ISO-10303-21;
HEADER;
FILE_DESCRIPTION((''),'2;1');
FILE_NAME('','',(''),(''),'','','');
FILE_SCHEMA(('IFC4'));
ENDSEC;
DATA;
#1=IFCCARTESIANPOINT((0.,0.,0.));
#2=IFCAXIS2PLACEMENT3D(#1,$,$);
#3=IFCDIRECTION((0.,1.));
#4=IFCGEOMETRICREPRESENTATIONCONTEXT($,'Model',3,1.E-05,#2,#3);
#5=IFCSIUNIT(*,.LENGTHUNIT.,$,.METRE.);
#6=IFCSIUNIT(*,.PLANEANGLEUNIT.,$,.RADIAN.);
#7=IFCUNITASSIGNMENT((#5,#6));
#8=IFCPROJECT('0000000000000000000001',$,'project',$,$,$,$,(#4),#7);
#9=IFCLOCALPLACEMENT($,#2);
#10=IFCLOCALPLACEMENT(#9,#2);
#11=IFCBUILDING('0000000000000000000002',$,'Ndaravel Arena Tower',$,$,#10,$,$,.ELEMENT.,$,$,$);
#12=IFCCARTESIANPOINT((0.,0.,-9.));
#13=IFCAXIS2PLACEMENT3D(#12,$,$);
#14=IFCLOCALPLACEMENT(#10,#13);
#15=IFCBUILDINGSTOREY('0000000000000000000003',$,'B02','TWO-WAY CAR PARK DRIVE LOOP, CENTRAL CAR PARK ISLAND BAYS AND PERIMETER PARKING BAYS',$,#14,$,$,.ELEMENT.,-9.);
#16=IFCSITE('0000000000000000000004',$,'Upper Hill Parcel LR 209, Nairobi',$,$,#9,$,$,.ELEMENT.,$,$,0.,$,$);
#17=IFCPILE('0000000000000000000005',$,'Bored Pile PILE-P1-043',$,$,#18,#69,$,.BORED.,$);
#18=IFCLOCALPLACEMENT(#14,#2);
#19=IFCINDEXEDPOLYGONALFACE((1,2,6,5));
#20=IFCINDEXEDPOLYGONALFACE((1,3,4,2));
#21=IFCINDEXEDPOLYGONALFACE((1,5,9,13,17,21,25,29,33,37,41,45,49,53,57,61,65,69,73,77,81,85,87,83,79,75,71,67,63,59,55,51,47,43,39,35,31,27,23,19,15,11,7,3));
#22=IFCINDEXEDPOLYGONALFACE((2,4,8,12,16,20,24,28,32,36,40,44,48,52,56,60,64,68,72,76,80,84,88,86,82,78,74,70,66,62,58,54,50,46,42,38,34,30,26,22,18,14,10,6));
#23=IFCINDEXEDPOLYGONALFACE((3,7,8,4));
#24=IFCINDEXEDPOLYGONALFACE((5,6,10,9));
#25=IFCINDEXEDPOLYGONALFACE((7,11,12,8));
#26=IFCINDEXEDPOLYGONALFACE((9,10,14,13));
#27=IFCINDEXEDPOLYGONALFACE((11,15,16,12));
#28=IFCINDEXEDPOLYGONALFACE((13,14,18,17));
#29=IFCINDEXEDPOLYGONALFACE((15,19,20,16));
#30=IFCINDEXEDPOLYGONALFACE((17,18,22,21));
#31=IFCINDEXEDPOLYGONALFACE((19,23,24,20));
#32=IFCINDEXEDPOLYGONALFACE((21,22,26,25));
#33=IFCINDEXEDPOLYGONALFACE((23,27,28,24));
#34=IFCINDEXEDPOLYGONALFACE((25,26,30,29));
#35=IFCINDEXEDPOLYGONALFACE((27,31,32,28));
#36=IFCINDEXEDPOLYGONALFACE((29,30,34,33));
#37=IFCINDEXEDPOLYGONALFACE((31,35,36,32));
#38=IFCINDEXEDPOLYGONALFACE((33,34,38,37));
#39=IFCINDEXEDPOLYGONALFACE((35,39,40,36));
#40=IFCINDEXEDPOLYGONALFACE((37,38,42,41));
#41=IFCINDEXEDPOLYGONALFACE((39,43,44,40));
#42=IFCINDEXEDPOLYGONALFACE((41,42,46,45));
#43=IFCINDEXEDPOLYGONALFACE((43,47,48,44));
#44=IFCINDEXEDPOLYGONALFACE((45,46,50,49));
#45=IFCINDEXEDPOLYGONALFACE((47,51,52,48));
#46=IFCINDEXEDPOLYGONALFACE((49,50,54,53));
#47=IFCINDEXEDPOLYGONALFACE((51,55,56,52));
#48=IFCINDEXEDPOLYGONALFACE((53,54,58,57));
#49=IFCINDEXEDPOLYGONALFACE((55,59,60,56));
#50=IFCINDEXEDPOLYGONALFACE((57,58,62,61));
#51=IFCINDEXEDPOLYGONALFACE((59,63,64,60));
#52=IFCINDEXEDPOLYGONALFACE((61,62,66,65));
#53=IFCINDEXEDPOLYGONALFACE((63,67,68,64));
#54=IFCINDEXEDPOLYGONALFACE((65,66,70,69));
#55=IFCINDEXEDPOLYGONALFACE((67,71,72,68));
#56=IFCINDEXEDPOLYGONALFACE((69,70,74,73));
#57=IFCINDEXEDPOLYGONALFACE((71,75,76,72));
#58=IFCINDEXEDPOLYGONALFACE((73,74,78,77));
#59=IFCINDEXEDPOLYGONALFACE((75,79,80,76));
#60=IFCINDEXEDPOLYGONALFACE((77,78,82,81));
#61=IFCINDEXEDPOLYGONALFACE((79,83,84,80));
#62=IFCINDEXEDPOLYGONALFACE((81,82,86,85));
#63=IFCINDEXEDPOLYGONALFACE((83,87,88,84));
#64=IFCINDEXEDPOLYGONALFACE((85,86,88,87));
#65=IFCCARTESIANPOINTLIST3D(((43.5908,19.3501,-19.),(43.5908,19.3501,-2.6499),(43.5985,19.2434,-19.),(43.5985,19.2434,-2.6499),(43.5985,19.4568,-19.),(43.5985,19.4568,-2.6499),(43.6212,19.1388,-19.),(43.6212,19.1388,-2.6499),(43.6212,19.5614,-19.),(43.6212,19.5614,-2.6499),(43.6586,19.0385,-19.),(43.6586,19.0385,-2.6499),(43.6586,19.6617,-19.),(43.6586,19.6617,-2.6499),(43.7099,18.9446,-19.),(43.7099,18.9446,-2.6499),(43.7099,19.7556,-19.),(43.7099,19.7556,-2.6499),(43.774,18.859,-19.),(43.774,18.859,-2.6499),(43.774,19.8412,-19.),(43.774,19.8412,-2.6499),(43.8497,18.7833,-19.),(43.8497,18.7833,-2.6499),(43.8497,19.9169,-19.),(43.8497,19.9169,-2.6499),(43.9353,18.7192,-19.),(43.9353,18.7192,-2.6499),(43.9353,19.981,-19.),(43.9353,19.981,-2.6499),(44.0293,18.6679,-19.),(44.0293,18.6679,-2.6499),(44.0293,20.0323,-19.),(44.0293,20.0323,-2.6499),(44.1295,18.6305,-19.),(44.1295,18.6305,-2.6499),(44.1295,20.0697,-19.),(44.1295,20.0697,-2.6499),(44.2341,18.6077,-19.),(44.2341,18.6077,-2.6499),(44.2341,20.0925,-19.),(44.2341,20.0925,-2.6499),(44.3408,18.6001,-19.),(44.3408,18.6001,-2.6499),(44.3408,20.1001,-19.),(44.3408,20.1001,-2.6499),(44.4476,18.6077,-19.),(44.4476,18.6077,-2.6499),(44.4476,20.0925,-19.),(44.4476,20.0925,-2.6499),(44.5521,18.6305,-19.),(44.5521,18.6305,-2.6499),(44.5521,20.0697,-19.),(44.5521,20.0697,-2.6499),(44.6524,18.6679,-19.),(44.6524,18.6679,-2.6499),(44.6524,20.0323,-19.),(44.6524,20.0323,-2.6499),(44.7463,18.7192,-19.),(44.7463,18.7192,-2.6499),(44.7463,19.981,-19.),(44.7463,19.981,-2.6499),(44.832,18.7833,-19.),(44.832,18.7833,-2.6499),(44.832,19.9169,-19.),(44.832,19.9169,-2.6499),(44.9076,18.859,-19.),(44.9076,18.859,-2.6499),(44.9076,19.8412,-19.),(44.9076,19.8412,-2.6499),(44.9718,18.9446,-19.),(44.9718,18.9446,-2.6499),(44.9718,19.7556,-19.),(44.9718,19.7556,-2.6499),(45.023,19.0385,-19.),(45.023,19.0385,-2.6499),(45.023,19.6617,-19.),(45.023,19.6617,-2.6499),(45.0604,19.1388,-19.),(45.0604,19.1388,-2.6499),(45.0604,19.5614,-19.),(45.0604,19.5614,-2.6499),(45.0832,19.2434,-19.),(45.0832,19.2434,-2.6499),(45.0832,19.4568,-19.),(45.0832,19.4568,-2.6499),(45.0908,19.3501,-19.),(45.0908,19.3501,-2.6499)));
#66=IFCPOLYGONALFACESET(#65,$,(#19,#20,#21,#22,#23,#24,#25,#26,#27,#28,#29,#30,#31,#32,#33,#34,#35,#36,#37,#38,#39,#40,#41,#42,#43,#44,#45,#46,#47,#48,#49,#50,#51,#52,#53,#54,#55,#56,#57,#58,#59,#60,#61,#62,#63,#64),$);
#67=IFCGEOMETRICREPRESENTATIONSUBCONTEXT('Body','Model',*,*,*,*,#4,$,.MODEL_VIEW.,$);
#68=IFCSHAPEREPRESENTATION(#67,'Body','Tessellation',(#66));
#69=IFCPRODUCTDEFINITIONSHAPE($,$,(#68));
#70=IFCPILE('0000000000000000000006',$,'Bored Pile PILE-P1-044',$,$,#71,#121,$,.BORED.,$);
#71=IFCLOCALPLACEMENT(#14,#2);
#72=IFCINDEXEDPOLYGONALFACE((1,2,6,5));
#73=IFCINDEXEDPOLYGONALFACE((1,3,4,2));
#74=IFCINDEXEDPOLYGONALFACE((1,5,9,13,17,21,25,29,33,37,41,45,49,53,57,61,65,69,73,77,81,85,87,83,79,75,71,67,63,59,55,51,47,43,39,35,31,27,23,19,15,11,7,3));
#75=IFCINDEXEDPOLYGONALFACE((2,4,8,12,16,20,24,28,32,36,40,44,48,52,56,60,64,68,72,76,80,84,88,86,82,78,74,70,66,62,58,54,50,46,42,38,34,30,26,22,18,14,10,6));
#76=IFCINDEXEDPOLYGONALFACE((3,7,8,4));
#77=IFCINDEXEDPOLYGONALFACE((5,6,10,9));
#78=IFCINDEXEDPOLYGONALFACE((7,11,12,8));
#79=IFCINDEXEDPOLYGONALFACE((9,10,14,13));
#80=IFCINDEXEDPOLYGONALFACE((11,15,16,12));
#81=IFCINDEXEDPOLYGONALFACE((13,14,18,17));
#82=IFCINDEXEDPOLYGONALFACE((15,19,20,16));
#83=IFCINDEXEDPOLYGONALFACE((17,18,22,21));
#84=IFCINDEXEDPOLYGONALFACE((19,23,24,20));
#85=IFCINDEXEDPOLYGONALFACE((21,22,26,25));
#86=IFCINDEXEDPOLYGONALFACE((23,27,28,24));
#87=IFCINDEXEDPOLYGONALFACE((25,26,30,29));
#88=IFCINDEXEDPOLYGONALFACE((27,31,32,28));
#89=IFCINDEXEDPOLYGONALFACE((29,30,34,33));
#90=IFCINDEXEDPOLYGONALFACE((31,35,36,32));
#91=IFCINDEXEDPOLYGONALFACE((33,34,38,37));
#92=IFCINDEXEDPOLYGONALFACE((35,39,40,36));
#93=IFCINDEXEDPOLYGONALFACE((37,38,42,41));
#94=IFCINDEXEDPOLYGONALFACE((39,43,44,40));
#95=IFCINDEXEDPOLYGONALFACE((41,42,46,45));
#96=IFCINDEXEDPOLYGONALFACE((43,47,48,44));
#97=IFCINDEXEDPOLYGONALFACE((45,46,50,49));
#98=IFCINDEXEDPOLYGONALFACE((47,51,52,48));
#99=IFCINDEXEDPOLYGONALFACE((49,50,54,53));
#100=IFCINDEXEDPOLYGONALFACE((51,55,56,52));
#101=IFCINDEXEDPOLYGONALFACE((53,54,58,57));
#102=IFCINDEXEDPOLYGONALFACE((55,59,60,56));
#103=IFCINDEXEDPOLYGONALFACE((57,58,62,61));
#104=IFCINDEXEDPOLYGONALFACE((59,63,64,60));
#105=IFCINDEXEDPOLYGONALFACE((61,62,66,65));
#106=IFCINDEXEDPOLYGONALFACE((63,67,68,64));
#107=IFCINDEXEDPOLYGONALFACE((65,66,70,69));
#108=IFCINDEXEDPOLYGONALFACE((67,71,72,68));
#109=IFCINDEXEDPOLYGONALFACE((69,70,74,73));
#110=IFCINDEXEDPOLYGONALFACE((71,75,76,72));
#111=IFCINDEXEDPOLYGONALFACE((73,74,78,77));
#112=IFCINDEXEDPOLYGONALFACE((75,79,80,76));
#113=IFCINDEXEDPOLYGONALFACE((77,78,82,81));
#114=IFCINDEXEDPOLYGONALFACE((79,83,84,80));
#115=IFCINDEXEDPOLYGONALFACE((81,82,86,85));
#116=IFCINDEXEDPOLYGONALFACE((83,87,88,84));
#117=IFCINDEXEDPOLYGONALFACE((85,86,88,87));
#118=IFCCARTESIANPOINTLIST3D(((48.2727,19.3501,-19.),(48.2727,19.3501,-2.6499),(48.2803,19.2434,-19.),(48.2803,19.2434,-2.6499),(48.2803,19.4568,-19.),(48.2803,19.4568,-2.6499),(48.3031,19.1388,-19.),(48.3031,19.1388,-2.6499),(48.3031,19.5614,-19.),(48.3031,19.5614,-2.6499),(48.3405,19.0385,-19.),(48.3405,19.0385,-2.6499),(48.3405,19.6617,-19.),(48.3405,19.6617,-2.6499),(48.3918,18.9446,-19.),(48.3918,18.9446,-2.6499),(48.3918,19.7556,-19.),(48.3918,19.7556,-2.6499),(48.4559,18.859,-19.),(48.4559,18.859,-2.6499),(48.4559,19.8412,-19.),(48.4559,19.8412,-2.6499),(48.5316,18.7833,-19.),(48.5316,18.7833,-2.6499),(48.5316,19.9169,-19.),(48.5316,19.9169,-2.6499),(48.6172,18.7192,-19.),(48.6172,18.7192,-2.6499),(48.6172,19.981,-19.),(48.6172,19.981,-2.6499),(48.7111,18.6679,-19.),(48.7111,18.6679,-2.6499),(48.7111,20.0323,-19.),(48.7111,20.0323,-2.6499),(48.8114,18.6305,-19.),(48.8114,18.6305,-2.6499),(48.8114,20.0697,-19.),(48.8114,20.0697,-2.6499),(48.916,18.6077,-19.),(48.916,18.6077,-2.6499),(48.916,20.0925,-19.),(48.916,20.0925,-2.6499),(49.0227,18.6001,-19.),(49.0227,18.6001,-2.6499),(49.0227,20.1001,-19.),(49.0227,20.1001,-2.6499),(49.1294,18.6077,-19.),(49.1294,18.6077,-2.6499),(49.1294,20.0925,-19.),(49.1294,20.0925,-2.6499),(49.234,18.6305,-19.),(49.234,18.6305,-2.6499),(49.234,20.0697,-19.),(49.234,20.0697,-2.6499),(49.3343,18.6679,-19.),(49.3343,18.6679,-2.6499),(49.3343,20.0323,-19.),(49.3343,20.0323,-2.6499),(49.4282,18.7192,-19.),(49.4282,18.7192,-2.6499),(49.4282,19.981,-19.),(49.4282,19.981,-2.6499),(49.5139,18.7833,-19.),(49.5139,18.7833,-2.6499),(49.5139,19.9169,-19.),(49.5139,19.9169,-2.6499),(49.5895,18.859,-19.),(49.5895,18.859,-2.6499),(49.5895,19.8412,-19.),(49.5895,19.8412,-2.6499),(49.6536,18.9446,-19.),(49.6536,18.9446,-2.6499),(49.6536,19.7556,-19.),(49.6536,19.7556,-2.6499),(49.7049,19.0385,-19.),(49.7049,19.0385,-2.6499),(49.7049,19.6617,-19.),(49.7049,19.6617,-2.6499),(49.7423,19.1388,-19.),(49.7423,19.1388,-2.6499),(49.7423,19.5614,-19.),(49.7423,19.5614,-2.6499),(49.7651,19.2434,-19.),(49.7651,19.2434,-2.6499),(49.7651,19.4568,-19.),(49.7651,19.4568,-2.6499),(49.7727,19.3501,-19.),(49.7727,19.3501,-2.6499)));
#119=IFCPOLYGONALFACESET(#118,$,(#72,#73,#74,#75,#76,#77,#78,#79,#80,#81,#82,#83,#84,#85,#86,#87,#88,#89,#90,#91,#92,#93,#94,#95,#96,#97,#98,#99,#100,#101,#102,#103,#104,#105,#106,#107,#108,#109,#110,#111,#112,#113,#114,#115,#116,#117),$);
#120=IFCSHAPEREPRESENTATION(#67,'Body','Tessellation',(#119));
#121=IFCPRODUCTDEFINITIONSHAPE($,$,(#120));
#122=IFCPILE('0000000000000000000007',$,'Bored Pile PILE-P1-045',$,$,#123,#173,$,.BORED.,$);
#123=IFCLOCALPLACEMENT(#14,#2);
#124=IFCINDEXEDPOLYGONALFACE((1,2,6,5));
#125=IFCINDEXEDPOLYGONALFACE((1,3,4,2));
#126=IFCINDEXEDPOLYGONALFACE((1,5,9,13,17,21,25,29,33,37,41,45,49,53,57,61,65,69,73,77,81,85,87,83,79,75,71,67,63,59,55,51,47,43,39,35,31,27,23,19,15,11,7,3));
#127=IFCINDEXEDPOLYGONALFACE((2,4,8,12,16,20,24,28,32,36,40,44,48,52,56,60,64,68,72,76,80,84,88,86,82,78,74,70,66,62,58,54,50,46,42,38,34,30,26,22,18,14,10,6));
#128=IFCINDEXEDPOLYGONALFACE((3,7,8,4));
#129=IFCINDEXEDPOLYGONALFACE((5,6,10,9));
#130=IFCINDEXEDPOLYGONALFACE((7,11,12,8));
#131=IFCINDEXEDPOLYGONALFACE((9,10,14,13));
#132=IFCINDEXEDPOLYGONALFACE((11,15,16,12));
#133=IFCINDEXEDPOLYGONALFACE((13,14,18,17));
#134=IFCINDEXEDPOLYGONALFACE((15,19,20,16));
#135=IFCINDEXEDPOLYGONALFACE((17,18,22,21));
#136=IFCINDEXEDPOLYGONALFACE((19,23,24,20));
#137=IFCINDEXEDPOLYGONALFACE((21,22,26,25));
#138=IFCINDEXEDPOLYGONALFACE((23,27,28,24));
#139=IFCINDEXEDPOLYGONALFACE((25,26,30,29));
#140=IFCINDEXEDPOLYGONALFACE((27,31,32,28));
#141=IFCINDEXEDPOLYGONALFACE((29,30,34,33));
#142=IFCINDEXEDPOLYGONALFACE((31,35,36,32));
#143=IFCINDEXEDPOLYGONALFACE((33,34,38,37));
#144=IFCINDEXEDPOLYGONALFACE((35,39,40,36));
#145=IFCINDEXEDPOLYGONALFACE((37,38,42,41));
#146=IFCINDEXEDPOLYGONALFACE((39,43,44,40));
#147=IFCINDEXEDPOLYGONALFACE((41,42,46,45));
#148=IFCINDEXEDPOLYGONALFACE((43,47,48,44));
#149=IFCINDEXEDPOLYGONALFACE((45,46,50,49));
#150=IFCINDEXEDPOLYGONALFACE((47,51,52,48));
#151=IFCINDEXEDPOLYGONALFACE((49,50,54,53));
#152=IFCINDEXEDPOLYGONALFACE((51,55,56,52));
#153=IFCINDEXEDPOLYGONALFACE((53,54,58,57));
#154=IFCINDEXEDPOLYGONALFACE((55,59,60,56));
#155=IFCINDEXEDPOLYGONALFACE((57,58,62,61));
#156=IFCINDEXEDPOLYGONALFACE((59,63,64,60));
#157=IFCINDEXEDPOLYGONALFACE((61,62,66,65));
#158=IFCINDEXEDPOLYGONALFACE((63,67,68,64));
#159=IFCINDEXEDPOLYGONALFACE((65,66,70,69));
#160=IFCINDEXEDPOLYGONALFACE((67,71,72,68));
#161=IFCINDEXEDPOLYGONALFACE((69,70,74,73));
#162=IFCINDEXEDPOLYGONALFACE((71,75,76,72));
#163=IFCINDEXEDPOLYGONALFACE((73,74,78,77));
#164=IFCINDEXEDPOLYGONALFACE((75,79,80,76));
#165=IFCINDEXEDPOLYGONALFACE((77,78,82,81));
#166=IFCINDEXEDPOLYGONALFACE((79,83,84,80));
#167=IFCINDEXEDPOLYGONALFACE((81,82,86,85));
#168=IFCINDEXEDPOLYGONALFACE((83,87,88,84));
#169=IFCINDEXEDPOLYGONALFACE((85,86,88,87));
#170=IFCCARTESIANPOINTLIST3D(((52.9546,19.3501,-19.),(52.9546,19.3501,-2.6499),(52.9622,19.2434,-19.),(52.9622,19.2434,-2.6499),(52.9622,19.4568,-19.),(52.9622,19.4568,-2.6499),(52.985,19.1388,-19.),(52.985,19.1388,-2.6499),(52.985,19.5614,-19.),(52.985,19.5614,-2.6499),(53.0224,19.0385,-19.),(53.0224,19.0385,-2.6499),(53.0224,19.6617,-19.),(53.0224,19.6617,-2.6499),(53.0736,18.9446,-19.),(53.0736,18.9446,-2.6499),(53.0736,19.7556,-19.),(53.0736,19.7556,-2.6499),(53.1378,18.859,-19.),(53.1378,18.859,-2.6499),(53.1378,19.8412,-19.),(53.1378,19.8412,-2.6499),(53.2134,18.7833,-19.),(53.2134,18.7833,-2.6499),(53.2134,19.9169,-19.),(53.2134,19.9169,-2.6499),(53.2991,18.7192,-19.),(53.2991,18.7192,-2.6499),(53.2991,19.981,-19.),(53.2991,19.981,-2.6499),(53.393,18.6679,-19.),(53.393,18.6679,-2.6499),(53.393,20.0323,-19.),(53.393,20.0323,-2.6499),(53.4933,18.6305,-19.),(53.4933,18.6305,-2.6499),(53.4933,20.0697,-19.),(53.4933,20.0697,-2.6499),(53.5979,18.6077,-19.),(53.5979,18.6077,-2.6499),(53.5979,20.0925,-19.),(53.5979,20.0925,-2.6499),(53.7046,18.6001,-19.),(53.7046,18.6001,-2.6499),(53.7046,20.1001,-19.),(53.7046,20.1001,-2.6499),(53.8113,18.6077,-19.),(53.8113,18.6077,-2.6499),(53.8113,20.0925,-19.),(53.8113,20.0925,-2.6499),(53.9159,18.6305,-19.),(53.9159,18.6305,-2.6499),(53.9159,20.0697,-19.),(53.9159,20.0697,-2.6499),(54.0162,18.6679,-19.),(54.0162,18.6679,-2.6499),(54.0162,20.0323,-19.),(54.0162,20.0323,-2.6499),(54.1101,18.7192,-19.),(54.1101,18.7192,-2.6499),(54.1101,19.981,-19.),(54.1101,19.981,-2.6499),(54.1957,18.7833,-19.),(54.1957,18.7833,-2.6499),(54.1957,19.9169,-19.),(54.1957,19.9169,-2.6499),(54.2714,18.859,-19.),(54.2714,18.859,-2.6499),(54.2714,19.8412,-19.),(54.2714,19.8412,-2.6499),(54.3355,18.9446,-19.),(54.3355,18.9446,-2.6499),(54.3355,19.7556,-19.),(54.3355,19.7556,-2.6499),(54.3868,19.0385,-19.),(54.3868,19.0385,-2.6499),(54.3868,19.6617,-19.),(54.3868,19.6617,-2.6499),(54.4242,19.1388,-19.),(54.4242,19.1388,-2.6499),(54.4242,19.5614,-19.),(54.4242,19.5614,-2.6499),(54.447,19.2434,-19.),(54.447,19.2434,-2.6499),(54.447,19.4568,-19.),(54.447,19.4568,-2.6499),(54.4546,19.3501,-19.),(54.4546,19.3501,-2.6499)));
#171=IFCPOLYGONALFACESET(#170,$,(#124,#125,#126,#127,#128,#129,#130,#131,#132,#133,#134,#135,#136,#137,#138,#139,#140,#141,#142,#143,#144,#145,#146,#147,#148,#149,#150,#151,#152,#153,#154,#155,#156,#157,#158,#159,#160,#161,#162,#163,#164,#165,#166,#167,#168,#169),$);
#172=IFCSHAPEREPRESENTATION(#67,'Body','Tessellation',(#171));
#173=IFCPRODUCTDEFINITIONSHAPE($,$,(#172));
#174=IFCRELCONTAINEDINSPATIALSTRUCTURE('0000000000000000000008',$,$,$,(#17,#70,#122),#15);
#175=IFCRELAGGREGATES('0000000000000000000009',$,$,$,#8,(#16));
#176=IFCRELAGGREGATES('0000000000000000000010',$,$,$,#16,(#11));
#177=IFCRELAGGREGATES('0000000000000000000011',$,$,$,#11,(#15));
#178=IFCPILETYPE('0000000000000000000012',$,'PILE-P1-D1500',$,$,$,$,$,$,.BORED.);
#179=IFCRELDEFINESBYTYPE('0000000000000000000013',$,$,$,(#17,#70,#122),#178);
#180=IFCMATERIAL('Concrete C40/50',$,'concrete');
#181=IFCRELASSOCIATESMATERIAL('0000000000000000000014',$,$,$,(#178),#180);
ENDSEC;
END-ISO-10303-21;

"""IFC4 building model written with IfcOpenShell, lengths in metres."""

from ifc_helpers import new_model, si_unit, direction, frame, origin, origin_2d, place, context, subcontext, project, spatial, circle, extrude, material, material_profile, profile_set, type_object, element, save


model = new_model("IFC4")

# Units and contexts
model_context = context("Model", 3, precision=1e-05, world=origin(), true_north=direction((0.0, 1.0)))
body_context = subcontext(model_context, "Body", "Model", "MODEL_VIEW")
ifc_project = project(units=[si_unit("LENGTHUNIT", "METRE"), si_unit("PLANEANGLEUNIT", "RADIAN")], contexts=[model_context])

# Site, building, storey
site_placement = place(None, origin())
site = spatial("IfcSite", under=ifc_project, at=site_placement, Name="Upper Hill Parcel LR 209, Nairobi", CompositionType="ELEMENT", RefElevation=0.0)
building_placement = place(site_placement, origin())
building = spatial("IfcBuilding", under=site, at=building_placement, Name="Ndaravel Arena Tower", CompositionType="ELEMENT")
storey_placement = place(building_placement, frame((0.0, 0.0, -9.0)))
storey = spatial("IfcBuildingStorey", under=building, at=storey_placement, Name="B02", Description="TWO-WAY CAR PARK DRIVE LOOP, CENTRAL CAR PARK ISLAND BAYS AND PERIMETER PARKING BAYS", CompositionType="ELEMENT", Elevation=-9.0)

# Piles
ifc_material_1 = material(Name="Concrete C40/50", Category="concrete")
ifc_material_profile_1 = material_profile(ifc_material_1, circle(Radius=0.75, at=origin_2d()), Name="BORED PILE D1500")
ifc_profile_set_1 = profile_set([ifc_material_profile_1], Name="Concrete C40/50")
pile_type = type_object("IfcPileType", Name="PILE-P1-D1500", PredefinedType="BORED", material=ifc_profile_set_1)
for number, where, z_axis, x_axis, name in (
    (1, (44.3408, 19.3501, -2.6499), (0.0, 0.0, -1.0), (1.0, 0.0, 0.0), "Bored Pile PILE-P1-043"),
    (2, (49.0227, 19.3501, -2.6499), (0.0, 0.0, -1.0), (1.0, 0.0, 0.0), "Bored Pile PILE-P1-044"),
    (3, (53.7046, 19.3501, -2.6499), (0.0, 0.0, -1.0), (1.0, 0.0, 0.0), "Bored Pile PILE-P1-045"),
):
    element("IfcPile", number, at=place(storey_placement, frame(where, z_axis=z_axis, x_axis=x_axis)), inside=storey, type_object=pile_type, Name=name, PredefinedType="BORED", context=body_context, shape_type="SweptSolid", body=[
        extrude(circle(Radius=0.75, at=origin_2d()), origin(), (0.0, 0.0, 1.0), 16.3501),
    ])

save(model, "model.ifc")
